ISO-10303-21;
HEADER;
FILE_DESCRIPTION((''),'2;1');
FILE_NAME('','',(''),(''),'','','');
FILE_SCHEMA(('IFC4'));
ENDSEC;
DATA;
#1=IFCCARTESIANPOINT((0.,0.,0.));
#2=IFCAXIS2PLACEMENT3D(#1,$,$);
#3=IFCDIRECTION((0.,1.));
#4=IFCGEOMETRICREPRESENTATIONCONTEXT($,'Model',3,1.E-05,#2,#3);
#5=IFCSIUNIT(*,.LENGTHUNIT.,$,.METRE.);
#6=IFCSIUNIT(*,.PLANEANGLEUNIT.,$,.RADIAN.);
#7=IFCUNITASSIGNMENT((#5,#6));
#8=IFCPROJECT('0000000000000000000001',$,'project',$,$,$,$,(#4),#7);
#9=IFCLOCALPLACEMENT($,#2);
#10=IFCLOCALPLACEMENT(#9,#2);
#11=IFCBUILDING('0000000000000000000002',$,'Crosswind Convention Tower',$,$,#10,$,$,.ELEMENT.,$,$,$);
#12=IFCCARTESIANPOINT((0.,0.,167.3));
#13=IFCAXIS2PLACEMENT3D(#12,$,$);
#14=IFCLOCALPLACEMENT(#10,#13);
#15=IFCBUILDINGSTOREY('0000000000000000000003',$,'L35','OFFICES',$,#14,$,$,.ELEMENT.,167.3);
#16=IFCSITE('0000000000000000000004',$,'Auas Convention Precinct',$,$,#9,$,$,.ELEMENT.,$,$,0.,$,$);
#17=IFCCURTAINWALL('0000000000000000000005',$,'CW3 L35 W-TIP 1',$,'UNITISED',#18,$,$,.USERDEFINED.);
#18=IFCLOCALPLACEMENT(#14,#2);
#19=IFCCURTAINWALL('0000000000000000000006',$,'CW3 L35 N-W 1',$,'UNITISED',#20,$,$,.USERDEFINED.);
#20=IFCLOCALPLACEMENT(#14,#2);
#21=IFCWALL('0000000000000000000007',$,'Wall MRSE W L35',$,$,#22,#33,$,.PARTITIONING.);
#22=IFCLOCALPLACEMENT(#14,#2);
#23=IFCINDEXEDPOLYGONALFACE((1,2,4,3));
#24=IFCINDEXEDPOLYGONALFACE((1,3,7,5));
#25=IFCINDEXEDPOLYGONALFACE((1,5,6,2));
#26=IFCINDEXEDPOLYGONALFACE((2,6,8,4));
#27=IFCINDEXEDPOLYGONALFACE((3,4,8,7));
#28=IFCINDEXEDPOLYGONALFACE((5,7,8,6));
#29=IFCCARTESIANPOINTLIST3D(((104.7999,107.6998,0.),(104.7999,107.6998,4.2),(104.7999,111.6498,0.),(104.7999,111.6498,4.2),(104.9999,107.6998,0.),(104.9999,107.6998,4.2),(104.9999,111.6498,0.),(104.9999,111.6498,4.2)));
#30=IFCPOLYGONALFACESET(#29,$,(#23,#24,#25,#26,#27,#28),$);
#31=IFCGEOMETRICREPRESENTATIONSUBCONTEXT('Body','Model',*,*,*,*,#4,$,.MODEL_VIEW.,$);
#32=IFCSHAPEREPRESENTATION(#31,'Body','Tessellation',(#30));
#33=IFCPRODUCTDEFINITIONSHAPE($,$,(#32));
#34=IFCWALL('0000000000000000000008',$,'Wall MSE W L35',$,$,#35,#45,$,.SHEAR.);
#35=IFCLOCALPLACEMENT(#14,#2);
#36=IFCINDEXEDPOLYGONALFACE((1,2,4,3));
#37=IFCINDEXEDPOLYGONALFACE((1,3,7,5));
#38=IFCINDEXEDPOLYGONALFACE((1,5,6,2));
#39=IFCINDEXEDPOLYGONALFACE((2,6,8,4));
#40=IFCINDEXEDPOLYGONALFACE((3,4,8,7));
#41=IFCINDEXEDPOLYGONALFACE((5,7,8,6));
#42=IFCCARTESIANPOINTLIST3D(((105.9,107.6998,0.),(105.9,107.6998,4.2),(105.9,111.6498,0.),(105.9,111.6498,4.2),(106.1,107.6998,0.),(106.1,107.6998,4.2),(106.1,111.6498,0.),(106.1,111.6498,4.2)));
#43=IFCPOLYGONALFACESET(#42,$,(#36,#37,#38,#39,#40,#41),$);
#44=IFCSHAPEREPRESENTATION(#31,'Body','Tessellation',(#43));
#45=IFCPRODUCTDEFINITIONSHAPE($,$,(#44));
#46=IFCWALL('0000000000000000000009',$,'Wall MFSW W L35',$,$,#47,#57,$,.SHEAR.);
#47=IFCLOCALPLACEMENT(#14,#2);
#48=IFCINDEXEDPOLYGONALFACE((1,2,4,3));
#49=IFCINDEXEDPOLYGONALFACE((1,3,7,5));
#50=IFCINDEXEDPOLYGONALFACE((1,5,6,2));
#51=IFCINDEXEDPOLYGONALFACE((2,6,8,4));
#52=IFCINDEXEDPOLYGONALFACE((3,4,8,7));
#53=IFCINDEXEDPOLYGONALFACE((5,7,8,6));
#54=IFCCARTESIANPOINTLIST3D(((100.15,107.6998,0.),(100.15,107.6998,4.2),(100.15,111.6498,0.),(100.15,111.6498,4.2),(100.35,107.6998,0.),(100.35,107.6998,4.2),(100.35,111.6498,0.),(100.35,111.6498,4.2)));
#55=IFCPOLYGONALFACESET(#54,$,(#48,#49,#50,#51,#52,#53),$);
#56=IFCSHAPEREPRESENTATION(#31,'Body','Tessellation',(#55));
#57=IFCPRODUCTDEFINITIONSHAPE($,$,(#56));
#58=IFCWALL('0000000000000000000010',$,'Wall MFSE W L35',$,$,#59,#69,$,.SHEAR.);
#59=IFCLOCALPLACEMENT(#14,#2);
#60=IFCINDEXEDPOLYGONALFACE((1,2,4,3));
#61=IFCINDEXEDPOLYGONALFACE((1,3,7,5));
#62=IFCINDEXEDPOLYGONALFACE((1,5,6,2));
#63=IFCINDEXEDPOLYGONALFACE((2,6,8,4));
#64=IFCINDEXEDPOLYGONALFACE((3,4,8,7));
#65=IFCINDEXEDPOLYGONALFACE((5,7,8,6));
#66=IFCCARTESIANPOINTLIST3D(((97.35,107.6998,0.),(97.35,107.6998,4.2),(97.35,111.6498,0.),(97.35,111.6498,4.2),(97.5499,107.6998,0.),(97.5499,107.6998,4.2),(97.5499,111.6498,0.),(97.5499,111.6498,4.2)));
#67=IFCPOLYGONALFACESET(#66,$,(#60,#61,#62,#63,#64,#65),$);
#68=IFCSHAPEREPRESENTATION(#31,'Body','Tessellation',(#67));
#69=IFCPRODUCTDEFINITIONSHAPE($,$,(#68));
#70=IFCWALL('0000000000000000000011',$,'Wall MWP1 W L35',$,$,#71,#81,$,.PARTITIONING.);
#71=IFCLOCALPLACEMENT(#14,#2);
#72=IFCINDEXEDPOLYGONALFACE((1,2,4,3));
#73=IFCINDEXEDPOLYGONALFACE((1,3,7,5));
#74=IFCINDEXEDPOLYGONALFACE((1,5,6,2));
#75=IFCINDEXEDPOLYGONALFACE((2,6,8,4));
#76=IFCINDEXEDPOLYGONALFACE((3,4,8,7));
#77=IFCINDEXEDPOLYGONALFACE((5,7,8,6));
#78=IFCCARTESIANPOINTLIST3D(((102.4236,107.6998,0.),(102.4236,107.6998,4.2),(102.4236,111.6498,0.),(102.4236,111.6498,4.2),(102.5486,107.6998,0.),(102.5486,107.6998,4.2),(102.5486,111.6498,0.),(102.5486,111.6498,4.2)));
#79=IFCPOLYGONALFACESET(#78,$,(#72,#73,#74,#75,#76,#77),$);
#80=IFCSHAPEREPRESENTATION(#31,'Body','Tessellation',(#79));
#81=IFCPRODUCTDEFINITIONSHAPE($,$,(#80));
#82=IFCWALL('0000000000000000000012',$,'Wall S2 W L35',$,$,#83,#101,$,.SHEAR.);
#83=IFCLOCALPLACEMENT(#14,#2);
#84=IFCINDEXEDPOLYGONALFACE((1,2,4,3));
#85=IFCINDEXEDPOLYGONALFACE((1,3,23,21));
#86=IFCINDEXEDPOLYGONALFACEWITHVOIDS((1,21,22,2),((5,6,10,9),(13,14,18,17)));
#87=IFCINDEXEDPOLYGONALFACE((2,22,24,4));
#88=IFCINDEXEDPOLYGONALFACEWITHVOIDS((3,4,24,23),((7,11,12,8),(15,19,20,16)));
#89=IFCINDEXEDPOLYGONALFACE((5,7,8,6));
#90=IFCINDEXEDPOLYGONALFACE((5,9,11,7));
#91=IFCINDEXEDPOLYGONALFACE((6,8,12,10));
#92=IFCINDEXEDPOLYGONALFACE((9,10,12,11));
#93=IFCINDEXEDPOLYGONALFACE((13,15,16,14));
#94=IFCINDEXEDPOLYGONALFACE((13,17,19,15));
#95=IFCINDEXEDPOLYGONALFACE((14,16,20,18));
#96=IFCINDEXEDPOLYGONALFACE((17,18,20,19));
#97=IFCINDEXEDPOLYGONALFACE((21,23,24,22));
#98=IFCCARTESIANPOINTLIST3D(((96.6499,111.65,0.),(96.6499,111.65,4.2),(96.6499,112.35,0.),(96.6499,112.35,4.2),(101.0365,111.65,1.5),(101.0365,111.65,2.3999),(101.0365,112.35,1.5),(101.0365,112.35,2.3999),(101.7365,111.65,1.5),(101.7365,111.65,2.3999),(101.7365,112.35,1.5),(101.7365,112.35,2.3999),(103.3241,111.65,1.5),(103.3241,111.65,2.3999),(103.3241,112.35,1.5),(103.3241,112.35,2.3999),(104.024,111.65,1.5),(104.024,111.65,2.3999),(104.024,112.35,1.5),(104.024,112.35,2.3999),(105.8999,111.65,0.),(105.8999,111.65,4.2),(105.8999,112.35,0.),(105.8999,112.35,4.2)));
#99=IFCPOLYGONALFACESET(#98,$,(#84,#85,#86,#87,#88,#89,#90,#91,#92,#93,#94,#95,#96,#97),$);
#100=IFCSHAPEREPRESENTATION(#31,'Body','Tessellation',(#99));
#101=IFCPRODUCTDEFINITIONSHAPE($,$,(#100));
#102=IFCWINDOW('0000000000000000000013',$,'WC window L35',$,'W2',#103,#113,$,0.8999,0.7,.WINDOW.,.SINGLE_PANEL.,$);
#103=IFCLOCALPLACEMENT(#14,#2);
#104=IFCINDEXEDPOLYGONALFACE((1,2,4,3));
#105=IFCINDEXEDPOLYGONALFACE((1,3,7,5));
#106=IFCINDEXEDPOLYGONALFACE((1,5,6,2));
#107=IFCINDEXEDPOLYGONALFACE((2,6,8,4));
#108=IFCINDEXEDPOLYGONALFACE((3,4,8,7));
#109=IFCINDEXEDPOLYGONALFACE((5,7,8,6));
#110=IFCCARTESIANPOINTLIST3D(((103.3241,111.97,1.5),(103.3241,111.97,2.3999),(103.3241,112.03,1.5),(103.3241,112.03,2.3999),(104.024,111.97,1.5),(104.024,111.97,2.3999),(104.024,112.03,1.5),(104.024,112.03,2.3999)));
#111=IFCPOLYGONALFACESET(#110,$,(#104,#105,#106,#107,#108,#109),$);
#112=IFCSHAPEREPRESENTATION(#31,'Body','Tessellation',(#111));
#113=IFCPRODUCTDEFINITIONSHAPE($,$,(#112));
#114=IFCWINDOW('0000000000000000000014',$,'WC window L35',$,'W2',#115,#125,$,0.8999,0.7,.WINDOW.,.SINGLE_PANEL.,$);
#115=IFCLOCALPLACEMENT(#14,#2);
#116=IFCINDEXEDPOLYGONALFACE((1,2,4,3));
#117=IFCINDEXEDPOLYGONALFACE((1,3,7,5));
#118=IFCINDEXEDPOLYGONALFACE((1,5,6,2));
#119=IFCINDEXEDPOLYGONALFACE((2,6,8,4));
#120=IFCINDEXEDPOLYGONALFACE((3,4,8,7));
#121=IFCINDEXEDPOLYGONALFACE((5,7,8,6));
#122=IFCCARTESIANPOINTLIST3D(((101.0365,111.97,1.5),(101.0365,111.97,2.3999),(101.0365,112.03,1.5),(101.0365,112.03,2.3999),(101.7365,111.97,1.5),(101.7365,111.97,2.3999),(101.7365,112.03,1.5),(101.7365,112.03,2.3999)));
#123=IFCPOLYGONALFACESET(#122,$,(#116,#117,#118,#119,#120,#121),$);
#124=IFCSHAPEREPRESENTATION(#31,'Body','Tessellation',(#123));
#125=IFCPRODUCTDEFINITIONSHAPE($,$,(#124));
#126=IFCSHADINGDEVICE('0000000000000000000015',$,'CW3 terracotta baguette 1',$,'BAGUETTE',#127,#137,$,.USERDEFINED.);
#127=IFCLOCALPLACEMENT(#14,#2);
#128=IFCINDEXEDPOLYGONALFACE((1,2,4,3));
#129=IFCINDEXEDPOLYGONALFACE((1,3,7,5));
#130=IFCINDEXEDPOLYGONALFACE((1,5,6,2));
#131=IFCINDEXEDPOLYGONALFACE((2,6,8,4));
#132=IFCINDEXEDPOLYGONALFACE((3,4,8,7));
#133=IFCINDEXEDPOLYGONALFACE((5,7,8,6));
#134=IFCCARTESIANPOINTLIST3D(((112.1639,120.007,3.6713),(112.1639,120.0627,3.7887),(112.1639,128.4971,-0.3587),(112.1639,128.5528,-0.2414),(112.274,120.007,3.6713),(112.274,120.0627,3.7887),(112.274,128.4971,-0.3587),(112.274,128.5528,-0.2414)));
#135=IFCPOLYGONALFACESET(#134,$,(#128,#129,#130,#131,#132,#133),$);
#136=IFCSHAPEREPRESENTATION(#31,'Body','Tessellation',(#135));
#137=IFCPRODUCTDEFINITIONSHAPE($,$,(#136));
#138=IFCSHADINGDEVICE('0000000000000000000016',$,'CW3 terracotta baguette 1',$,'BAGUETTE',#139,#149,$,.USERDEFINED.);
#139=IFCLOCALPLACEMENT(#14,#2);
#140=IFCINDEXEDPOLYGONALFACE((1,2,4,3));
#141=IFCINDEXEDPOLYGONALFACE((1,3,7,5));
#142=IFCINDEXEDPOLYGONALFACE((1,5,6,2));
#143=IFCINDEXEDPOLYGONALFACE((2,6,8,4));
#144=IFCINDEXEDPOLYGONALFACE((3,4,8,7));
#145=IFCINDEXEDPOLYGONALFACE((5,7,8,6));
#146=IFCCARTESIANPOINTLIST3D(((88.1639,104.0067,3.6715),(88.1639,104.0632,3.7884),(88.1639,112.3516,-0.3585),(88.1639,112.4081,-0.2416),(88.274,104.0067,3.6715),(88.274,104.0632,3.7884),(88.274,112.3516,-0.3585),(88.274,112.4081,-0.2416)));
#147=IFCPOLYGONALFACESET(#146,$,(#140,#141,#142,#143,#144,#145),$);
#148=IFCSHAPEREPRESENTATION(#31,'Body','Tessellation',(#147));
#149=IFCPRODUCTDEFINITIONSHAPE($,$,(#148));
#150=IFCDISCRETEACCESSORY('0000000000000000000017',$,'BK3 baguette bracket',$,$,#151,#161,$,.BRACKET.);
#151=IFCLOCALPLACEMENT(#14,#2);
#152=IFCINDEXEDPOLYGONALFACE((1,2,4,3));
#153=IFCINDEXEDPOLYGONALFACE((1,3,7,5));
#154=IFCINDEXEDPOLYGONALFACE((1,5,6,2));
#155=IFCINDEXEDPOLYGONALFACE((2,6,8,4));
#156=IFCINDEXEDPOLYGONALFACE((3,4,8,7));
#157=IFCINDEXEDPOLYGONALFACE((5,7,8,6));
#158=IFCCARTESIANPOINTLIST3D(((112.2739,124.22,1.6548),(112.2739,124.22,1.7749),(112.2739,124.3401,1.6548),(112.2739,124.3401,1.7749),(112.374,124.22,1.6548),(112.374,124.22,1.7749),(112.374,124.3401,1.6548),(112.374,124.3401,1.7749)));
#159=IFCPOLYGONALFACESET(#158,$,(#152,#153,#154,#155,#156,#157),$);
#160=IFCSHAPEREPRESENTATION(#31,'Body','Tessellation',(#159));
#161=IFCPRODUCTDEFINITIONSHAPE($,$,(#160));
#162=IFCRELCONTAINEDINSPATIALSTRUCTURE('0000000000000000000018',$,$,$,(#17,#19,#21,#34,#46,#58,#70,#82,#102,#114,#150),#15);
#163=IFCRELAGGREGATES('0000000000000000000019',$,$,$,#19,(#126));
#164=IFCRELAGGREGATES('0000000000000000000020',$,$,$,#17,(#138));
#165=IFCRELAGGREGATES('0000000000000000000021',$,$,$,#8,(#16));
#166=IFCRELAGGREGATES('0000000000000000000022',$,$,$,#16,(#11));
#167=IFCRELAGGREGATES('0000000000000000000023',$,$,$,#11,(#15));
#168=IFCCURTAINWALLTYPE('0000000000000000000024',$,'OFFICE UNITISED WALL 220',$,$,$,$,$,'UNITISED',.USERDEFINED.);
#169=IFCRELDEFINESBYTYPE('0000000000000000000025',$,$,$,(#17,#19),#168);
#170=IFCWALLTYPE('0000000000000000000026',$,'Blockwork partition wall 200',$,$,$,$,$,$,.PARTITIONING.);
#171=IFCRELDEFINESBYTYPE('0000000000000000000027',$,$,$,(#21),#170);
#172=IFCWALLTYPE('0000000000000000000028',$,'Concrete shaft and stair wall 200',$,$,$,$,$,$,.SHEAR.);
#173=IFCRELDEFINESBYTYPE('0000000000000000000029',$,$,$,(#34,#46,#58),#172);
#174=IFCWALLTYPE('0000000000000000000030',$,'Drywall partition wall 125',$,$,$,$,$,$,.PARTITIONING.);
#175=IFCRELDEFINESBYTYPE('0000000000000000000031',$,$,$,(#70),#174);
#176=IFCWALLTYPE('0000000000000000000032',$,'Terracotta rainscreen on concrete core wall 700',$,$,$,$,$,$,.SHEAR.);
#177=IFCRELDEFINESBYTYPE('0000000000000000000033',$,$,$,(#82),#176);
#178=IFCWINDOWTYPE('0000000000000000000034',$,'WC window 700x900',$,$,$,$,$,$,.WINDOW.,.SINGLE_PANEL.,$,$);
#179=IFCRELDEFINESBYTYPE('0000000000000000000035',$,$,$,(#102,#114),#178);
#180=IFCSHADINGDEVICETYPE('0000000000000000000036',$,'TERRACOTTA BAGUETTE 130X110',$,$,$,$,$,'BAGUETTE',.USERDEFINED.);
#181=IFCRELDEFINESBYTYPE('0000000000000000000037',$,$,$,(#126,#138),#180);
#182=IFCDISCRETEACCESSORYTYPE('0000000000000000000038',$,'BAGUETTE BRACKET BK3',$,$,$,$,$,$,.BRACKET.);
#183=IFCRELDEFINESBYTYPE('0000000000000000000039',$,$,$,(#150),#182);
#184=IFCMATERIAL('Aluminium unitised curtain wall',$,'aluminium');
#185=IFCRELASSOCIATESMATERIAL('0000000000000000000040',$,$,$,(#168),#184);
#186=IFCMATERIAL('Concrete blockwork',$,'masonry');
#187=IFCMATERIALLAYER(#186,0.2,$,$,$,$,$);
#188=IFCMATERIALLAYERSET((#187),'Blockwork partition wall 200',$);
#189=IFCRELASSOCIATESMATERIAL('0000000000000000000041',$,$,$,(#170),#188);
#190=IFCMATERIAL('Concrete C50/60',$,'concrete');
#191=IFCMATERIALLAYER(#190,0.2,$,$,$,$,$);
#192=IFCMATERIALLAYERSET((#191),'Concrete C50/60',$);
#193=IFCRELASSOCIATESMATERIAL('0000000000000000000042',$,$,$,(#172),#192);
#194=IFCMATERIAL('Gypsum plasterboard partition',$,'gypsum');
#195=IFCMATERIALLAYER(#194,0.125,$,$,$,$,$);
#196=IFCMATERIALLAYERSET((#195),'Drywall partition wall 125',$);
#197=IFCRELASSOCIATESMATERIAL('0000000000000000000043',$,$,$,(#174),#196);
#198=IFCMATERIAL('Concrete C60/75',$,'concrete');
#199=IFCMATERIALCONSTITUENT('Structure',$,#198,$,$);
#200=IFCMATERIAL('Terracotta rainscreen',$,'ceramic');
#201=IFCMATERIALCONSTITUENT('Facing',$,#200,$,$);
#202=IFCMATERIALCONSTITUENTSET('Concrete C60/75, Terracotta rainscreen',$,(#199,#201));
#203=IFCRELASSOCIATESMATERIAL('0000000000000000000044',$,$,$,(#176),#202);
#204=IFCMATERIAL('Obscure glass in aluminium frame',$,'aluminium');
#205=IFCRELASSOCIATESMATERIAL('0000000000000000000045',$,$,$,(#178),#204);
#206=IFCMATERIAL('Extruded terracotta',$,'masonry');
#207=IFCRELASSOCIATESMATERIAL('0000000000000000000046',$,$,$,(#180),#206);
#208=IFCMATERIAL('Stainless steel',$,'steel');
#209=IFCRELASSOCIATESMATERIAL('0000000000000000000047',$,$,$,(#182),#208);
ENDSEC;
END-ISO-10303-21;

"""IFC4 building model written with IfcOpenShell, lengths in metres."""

from ifc_helpers import new_model, si_unit, direction, frame, frame_2d, origin, origin_2d, place, context, subcontext, project, spatial, rectangle, extrude, material, layer, layer_set, constituent, constituent_set, material_profile, profile_set, type_object, element, fill, aggregate, save


model = new_model("IFC4")

# Units and contexts
model_context = context("Model", 3, precision=1e-05, world=origin(), true_north=direction((0.0, 1.0)))
body_context = subcontext(model_context, "Body", "Model", "MODEL_VIEW")
ifc_project = project(units=[si_unit("LENGTHUNIT", "METRE"), si_unit("PLANEANGLEUNIT", "RADIAN")], contexts=[model_context])

# Site, building, storey
site_placement = place(None, origin())
site = spatial("IfcSite", under=ifc_project, at=site_placement, Name="Auas Convention Precinct", CompositionType="ELEMENT", RefElevation=0.0)
building_placement = place(site_placement, origin())
building = spatial("IfcBuilding", under=site, at=building_placement, Name="Crosswind Convention Tower", CompositionType="ELEMENT")
storey_placement = place(building_placement, frame((0.0, 0.0, 167.3)))
storey = spatial("IfcBuildingStorey", under=building, at=storey_placement, Name="L35", Description="OFFICES", CompositionType="ELEMENT", Elevation=167.3)

# Shared definitions
ifc_material_1 = material(Name="Concrete C60/75", Category="concrete")

# Shared definitions
ifc_material_2 = material(Name="Aluminium unitised curtain wall", Category="aluminium")

# Curtain wall
curtain_wall_type_1 = type_object("IfcCurtainWallType", Name="OFFICE UNITISED WALL 220", ElementType="UNITISED", PredefinedType="USERDEFINED", material=ifc_material_2)
curtain_wall_1_placement = place(storey_placement, origin())
curtain_wall_1 = element("IfcCurtainWall", 1, at=curtain_wall_1_placement, inside=storey, type_object=curtain_wall_type_1, Name="CW3 L35 W-TIP 1", ObjectType="UNITISED", PredefinedType="USERDEFINED")

# Curtain wall
curtain_wall_2_placement = place(storey_placement, origin())
curtain_wall_2 = element("IfcCurtainWall", 2, at=curtain_wall_2_placement, inside=storey, type_object=curtain_wall_type_1, Name="CW3 L35 N-W 1", ObjectType="UNITISED", PredefinedType="USERDEFINED")

# Wall
ifc_material_3 = material(Name="Concrete blockwork", Category="masonry")
ifc_layer_1 = layer(ifc_material_3, 0.2)
ifc_layer_set_1 = layer_set([ifc_layer_1], Name="Blockwork partition wall 200")
wall_type_1 = type_object("IfcWallType", Name="Blockwork partition wall 200", PredefinedType="PARTITIONING", material=ifc_layer_set_1)
wall_1_placement = place(storey_placement, frame((104.8999, 111.6499, 0.0), z_axis=(0.0, 0.0, 1.0), x_axis=(0.0, -1.0, 0.0)))
element("IfcWall", 3, at=wall_1_placement, inside=storey, type_object=wall_type_1, Name="Wall MRSE W L35", PredefinedType="PARTITIONING", context=body_context, shape_type="SweptSolid", body=[
    extrude(rectangle(XDim=3.95, YDim=0.2, at=frame_2d((1.9751, 0.0))), origin(), (0.0, 0.0, 1.0), 4.2),
])

# Walls
ifc_material_4 = material(Name="Concrete C50/60", Category="concrete")
ifc_layer_2 = layer(ifc_material_4, 0.2)
ifc_layer_set_2 = layer_set([ifc_layer_2], Name="Concrete C50/60")
wall_type_2 = type_object("IfcWallType", Name="Concrete shaft and stair wall 200", PredefinedType="SHEAR", material=ifc_layer_set_2)
for number, where, z_axis, x_axis, name in (
    (4, (106.0, 111.6499, 0.0), (0.0, 0.0, 1.0), (0.0, -1.0, 0.0), "Wall MSE W L35"),
    (5, (100.25, 111.6499, 0.0), (0.0, 0.0, 1.0), (0.0, -1.0, 0.0), "Wall MFSW W L35"),
    (6, (97.45, 111.6499, 0.0), (0.0, 0.0, 1.0), (0.0, -1.0, 0.0), "Wall MFSE W L35"),
):
    element("IfcWall", number, at=place(storey_placement, frame(where, z_axis=z_axis, x_axis=x_axis)), inside=storey, type_object=wall_type_2, Name=name, PredefinedType="SHEAR", context=body_context, shape_type="SweptSolid", body=[
        extrude(rectangle(XDim=3.95, YDim=0.2, at=frame_2d((1.9751, 0.0))), origin(), (0.0, 0.0, 1.0), 4.2),
    ])
ifc_material_5 = material(Name="Gypsum plasterboard partition", Category="gypsum")
ifc_layer_3 = layer(ifc_material_5, 0.125)
ifc_layer_set_3 = layer_set([ifc_layer_3], Name="Drywall partition wall 125")
wall_type_3 = type_object("IfcWallType", Name="Drywall partition wall 125", PredefinedType="PARTITIONING", material=ifc_layer_set_3)
wall_2_placement = place(storey_placement, frame((102.4861, 111.6499, 0.0), z_axis=(0.0, 0.0, 1.0), x_axis=(0.0, -1.0, 0.0)))
element("IfcWall", 7, at=wall_2_placement, inside=storey, type_object=wall_type_3, Name="Wall MWP1 W L35", PredefinedType="PARTITIONING", context=body_context, shape_type="SweptSolid", body=[
    extrude(rectangle(XDim=3.95, YDim=0.125, at=frame_2d((1.9751, 0.0))), origin(), (0.0, 0.0, 1.0), 4.2),
])

# Wall, openings, windows
ifc_constituent_1 = constituent(ifc_material_1, Name="Structure")
ifc_material_6 = material(Name="Terracotta rainscreen", Category="ceramic")
ifc_constituent_2 = constituent(ifc_material_6, Name="Facing")
ifc_constituent_set = constituent_set(constituents=[ifc_constituent_1, ifc_constituent_2], Name="Concrete C60/75, Terracotta rainscreen")
wall_type_4 = type_object("IfcWallType", Name="Terracotta rainscreen on concrete core wall 700", PredefinedType="SHEAR", material=ifc_constituent_set)
wall_3_placement = place(storey_placement, frame((105.8999, 112.0, 0.0), z_axis=(0.0, 0.0, 1.0), x_axis=(-1.0, 0.0, 0.0)))
wall_3 = element("IfcWall", 8, at=wall_3_placement, inside=storey, type_object=wall_type_4, Name="Wall S2 W L35", PredefinedType="SHEAR", context=body_context, shape_type="SweptSolid", body=[
    extrude(rectangle(XDim=9.25, YDim=0.7, at=frame_2d((4.625, 0.0))), origin(), (0.0, 0.0, 1.0), 4.2),
])
opening_1_placement = place(wall_3_placement, frame((1.8757, 0.0, 1.5)))
opening_1 = element("IfcOpeningElement", 9, at=opening_1_placement, cuts=wall_3, PredefinedType="OPENING", context=body_context, shape_type="SweptSolid", body=[
    extrude(rectangle(XDim=0.7, YDim=0.8999, at=frame_2d((0.3501, 0.45))), frame((0.0, 0.3599, 0.0), z_axis=(0.0, -1.0, 0.0), x_axis=(1.0, 0.0, 0.0)), (0.0, 0.0, 1.0), 0.72),
])
opening_2_placement = place(wall_3_placement, frame((4.1633, 0.0, 1.5)))
opening_2 = element("IfcOpeningElement", 10, at=opening_2_placement, cuts=wall_3, PredefinedType="OPENING", context=body_context, shape_type="SweptSolid", body=[
    extrude(rectangle(XDim=0.7, YDim=0.8999, at=frame_2d((0.3501, 0.45))), frame((0.0, 0.3599, 0.0), z_axis=(0.0, -1.0, 0.0), x_axis=(1.0, 0.0, 0.0)), (0.0, 0.0, 1.0), 0.72),
])
ifc_material_7 = material(Name="Obscure glass in aluminium frame", Category="aluminium")
window_type = type_object("IfcWindowType", Name="WC window 700x900", PartitioningType="SINGLE_PANEL", PredefinedType="WINDOW", material=ifc_material_7)
window_1_placement = place(opening_1_placement, origin())
window_1 = element("IfcWindow", 11, at=window_1_placement, inside=storey, type_object=window_type, Name="WC window L35", ObjectType="W2", OverallHeight=0.8999, OverallWidth=0.7, PartitioningType="SINGLE_PANEL", PredefinedType="WINDOW", context=body_context, shape_type="SweptSolid", body=[
    extrude(rectangle(XDim=0.7, YDim=0.8999, at=frame_2d((0.3501, 0.45))), frame((0.0, 0.03, 0.0), z_axis=(0.0, -1.0, 0.0), x_axis=(1.0, 0.0, 0.0)), (0.0, 0.0, 1.0), 0.0601),
])
fill(opening_1, window_1)
window_2_placement = place(opening_2_placement, origin())
window_2 = element("IfcWindow", 12, at=window_2_placement, inside=storey, type_object=window_type, Name="WC window L35", ObjectType="W2", OverallHeight=0.8999, OverallWidth=0.7, PartitioningType="SINGLE_PANEL", PredefinedType="WINDOW", context=body_context, shape_type="SweptSolid", body=[
    extrude(rectangle(XDim=0.7, YDim=0.8999, at=frame_2d((0.3501, 0.45))), frame((0.0, 0.03, 0.0), z_axis=(0.0, -1.0, 0.0), x_axis=(1.0, 0.0, 0.0)), (0.0, 0.0, 1.0), 0.0601),
])
fill(opening_2, window_2)

# Shading devices
ifc_material_8 = material(Name="Extruded terracotta", Category="masonry")
ifc_material_profile_1 = material_profile(ifc_material_8, rectangle(XDim=0.1101, YDim=0.1299, at=origin_2d()), Name="TC 110X130")
ifc_profile_set_1 = profile_set([ifc_material_profile_1], Name="Extruded terracotta")
shading_device_type = type_object("IfcShadingDeviceType", Name="TERRACOTTA BAGUETTE 130X110", ElementType="BAGUETTE", PredefinedType="USERDEFINED", material=ifc_profile_set_1)
shading_device_1_placement = place(storey_placement, frame((112.219, 128.5249, -0.3), z_axis=(0.0, -0.903389, 0.428821), x_axis=(1.0, 0.0, 0.0)))
shading_device_1 = element("IfcShadingDevice", 13, at=shading_device_1_placement, type_object=shading_device_type, Name="CW3 terracotta baguette 1", ObjectType="BAGUETTE", PredefinedType="USERDEFINED", context=body_context, shape_type="SweptSolid", body=[
    extrude(rectangle(XDim=0.1101, YDim=0.1299, at=origin_2d()), origin(), (0.0, 0.0, 1.0), 9.3979),
])
aggregate(curtain_wall_2, [shading_device_1])
shading_device_2_placement = place(storey_placement, frame((88.219, 112.3799, -0.3), z_axis=(0.0, -0.900492, 0.434874), x_axis=(1.0, 0.0, 0.0)))
shading_device_2 = element("IfcShadingDevice", 14, at=shading_device_2_placement, type_object=shading_device_type, Name="CW3 terracotta baguette 1", ObjectType="BAGUETTE", PredefinedType="USERDEFINED", context=body_context, shape_type="SweptSolid", body=[
    extrude(rectangle(XDim=0.1101, YDim=0.1299, at=origin_2d()), origin(), (0.0, 0.0, 1.0), 9.2671),
])
aggregate(curtain_wall_1, [shading_device_2])

# Discrete accessory
ifc_material_9 = material(Name="Stainless steel", Category="steel")
discrete_accessory_type = type_object("IfcDiscreteAccessoryType", Name="BAGUETTE BRACKET BK3", PredefinedType="BRACKET", material=ifc_material_9)
discrete_accessory_placement = place(storey_placement, frame((112.324, 124.28, 1.6548), z_axis=(0.0, 0.0, 1.0), x_axis=(0.0, -1.0, 0.0)))
element("IfcDiscreteAccessory", 15, at=discrete_accessory_placement, inside=storey, type_object=discrete_accessory_type, Name="BK3 baguette bracket", PredefinedType="BRACKET", context=body_context, shape_type="SweptSolid", body=[
    extrude(rectangle(XDim=0.1201, YDim=0.1001, at=origin_2d()), origin(), (0.0, 0.0, 1.0), 0.1201),
])

save(model, "model.ifc")
